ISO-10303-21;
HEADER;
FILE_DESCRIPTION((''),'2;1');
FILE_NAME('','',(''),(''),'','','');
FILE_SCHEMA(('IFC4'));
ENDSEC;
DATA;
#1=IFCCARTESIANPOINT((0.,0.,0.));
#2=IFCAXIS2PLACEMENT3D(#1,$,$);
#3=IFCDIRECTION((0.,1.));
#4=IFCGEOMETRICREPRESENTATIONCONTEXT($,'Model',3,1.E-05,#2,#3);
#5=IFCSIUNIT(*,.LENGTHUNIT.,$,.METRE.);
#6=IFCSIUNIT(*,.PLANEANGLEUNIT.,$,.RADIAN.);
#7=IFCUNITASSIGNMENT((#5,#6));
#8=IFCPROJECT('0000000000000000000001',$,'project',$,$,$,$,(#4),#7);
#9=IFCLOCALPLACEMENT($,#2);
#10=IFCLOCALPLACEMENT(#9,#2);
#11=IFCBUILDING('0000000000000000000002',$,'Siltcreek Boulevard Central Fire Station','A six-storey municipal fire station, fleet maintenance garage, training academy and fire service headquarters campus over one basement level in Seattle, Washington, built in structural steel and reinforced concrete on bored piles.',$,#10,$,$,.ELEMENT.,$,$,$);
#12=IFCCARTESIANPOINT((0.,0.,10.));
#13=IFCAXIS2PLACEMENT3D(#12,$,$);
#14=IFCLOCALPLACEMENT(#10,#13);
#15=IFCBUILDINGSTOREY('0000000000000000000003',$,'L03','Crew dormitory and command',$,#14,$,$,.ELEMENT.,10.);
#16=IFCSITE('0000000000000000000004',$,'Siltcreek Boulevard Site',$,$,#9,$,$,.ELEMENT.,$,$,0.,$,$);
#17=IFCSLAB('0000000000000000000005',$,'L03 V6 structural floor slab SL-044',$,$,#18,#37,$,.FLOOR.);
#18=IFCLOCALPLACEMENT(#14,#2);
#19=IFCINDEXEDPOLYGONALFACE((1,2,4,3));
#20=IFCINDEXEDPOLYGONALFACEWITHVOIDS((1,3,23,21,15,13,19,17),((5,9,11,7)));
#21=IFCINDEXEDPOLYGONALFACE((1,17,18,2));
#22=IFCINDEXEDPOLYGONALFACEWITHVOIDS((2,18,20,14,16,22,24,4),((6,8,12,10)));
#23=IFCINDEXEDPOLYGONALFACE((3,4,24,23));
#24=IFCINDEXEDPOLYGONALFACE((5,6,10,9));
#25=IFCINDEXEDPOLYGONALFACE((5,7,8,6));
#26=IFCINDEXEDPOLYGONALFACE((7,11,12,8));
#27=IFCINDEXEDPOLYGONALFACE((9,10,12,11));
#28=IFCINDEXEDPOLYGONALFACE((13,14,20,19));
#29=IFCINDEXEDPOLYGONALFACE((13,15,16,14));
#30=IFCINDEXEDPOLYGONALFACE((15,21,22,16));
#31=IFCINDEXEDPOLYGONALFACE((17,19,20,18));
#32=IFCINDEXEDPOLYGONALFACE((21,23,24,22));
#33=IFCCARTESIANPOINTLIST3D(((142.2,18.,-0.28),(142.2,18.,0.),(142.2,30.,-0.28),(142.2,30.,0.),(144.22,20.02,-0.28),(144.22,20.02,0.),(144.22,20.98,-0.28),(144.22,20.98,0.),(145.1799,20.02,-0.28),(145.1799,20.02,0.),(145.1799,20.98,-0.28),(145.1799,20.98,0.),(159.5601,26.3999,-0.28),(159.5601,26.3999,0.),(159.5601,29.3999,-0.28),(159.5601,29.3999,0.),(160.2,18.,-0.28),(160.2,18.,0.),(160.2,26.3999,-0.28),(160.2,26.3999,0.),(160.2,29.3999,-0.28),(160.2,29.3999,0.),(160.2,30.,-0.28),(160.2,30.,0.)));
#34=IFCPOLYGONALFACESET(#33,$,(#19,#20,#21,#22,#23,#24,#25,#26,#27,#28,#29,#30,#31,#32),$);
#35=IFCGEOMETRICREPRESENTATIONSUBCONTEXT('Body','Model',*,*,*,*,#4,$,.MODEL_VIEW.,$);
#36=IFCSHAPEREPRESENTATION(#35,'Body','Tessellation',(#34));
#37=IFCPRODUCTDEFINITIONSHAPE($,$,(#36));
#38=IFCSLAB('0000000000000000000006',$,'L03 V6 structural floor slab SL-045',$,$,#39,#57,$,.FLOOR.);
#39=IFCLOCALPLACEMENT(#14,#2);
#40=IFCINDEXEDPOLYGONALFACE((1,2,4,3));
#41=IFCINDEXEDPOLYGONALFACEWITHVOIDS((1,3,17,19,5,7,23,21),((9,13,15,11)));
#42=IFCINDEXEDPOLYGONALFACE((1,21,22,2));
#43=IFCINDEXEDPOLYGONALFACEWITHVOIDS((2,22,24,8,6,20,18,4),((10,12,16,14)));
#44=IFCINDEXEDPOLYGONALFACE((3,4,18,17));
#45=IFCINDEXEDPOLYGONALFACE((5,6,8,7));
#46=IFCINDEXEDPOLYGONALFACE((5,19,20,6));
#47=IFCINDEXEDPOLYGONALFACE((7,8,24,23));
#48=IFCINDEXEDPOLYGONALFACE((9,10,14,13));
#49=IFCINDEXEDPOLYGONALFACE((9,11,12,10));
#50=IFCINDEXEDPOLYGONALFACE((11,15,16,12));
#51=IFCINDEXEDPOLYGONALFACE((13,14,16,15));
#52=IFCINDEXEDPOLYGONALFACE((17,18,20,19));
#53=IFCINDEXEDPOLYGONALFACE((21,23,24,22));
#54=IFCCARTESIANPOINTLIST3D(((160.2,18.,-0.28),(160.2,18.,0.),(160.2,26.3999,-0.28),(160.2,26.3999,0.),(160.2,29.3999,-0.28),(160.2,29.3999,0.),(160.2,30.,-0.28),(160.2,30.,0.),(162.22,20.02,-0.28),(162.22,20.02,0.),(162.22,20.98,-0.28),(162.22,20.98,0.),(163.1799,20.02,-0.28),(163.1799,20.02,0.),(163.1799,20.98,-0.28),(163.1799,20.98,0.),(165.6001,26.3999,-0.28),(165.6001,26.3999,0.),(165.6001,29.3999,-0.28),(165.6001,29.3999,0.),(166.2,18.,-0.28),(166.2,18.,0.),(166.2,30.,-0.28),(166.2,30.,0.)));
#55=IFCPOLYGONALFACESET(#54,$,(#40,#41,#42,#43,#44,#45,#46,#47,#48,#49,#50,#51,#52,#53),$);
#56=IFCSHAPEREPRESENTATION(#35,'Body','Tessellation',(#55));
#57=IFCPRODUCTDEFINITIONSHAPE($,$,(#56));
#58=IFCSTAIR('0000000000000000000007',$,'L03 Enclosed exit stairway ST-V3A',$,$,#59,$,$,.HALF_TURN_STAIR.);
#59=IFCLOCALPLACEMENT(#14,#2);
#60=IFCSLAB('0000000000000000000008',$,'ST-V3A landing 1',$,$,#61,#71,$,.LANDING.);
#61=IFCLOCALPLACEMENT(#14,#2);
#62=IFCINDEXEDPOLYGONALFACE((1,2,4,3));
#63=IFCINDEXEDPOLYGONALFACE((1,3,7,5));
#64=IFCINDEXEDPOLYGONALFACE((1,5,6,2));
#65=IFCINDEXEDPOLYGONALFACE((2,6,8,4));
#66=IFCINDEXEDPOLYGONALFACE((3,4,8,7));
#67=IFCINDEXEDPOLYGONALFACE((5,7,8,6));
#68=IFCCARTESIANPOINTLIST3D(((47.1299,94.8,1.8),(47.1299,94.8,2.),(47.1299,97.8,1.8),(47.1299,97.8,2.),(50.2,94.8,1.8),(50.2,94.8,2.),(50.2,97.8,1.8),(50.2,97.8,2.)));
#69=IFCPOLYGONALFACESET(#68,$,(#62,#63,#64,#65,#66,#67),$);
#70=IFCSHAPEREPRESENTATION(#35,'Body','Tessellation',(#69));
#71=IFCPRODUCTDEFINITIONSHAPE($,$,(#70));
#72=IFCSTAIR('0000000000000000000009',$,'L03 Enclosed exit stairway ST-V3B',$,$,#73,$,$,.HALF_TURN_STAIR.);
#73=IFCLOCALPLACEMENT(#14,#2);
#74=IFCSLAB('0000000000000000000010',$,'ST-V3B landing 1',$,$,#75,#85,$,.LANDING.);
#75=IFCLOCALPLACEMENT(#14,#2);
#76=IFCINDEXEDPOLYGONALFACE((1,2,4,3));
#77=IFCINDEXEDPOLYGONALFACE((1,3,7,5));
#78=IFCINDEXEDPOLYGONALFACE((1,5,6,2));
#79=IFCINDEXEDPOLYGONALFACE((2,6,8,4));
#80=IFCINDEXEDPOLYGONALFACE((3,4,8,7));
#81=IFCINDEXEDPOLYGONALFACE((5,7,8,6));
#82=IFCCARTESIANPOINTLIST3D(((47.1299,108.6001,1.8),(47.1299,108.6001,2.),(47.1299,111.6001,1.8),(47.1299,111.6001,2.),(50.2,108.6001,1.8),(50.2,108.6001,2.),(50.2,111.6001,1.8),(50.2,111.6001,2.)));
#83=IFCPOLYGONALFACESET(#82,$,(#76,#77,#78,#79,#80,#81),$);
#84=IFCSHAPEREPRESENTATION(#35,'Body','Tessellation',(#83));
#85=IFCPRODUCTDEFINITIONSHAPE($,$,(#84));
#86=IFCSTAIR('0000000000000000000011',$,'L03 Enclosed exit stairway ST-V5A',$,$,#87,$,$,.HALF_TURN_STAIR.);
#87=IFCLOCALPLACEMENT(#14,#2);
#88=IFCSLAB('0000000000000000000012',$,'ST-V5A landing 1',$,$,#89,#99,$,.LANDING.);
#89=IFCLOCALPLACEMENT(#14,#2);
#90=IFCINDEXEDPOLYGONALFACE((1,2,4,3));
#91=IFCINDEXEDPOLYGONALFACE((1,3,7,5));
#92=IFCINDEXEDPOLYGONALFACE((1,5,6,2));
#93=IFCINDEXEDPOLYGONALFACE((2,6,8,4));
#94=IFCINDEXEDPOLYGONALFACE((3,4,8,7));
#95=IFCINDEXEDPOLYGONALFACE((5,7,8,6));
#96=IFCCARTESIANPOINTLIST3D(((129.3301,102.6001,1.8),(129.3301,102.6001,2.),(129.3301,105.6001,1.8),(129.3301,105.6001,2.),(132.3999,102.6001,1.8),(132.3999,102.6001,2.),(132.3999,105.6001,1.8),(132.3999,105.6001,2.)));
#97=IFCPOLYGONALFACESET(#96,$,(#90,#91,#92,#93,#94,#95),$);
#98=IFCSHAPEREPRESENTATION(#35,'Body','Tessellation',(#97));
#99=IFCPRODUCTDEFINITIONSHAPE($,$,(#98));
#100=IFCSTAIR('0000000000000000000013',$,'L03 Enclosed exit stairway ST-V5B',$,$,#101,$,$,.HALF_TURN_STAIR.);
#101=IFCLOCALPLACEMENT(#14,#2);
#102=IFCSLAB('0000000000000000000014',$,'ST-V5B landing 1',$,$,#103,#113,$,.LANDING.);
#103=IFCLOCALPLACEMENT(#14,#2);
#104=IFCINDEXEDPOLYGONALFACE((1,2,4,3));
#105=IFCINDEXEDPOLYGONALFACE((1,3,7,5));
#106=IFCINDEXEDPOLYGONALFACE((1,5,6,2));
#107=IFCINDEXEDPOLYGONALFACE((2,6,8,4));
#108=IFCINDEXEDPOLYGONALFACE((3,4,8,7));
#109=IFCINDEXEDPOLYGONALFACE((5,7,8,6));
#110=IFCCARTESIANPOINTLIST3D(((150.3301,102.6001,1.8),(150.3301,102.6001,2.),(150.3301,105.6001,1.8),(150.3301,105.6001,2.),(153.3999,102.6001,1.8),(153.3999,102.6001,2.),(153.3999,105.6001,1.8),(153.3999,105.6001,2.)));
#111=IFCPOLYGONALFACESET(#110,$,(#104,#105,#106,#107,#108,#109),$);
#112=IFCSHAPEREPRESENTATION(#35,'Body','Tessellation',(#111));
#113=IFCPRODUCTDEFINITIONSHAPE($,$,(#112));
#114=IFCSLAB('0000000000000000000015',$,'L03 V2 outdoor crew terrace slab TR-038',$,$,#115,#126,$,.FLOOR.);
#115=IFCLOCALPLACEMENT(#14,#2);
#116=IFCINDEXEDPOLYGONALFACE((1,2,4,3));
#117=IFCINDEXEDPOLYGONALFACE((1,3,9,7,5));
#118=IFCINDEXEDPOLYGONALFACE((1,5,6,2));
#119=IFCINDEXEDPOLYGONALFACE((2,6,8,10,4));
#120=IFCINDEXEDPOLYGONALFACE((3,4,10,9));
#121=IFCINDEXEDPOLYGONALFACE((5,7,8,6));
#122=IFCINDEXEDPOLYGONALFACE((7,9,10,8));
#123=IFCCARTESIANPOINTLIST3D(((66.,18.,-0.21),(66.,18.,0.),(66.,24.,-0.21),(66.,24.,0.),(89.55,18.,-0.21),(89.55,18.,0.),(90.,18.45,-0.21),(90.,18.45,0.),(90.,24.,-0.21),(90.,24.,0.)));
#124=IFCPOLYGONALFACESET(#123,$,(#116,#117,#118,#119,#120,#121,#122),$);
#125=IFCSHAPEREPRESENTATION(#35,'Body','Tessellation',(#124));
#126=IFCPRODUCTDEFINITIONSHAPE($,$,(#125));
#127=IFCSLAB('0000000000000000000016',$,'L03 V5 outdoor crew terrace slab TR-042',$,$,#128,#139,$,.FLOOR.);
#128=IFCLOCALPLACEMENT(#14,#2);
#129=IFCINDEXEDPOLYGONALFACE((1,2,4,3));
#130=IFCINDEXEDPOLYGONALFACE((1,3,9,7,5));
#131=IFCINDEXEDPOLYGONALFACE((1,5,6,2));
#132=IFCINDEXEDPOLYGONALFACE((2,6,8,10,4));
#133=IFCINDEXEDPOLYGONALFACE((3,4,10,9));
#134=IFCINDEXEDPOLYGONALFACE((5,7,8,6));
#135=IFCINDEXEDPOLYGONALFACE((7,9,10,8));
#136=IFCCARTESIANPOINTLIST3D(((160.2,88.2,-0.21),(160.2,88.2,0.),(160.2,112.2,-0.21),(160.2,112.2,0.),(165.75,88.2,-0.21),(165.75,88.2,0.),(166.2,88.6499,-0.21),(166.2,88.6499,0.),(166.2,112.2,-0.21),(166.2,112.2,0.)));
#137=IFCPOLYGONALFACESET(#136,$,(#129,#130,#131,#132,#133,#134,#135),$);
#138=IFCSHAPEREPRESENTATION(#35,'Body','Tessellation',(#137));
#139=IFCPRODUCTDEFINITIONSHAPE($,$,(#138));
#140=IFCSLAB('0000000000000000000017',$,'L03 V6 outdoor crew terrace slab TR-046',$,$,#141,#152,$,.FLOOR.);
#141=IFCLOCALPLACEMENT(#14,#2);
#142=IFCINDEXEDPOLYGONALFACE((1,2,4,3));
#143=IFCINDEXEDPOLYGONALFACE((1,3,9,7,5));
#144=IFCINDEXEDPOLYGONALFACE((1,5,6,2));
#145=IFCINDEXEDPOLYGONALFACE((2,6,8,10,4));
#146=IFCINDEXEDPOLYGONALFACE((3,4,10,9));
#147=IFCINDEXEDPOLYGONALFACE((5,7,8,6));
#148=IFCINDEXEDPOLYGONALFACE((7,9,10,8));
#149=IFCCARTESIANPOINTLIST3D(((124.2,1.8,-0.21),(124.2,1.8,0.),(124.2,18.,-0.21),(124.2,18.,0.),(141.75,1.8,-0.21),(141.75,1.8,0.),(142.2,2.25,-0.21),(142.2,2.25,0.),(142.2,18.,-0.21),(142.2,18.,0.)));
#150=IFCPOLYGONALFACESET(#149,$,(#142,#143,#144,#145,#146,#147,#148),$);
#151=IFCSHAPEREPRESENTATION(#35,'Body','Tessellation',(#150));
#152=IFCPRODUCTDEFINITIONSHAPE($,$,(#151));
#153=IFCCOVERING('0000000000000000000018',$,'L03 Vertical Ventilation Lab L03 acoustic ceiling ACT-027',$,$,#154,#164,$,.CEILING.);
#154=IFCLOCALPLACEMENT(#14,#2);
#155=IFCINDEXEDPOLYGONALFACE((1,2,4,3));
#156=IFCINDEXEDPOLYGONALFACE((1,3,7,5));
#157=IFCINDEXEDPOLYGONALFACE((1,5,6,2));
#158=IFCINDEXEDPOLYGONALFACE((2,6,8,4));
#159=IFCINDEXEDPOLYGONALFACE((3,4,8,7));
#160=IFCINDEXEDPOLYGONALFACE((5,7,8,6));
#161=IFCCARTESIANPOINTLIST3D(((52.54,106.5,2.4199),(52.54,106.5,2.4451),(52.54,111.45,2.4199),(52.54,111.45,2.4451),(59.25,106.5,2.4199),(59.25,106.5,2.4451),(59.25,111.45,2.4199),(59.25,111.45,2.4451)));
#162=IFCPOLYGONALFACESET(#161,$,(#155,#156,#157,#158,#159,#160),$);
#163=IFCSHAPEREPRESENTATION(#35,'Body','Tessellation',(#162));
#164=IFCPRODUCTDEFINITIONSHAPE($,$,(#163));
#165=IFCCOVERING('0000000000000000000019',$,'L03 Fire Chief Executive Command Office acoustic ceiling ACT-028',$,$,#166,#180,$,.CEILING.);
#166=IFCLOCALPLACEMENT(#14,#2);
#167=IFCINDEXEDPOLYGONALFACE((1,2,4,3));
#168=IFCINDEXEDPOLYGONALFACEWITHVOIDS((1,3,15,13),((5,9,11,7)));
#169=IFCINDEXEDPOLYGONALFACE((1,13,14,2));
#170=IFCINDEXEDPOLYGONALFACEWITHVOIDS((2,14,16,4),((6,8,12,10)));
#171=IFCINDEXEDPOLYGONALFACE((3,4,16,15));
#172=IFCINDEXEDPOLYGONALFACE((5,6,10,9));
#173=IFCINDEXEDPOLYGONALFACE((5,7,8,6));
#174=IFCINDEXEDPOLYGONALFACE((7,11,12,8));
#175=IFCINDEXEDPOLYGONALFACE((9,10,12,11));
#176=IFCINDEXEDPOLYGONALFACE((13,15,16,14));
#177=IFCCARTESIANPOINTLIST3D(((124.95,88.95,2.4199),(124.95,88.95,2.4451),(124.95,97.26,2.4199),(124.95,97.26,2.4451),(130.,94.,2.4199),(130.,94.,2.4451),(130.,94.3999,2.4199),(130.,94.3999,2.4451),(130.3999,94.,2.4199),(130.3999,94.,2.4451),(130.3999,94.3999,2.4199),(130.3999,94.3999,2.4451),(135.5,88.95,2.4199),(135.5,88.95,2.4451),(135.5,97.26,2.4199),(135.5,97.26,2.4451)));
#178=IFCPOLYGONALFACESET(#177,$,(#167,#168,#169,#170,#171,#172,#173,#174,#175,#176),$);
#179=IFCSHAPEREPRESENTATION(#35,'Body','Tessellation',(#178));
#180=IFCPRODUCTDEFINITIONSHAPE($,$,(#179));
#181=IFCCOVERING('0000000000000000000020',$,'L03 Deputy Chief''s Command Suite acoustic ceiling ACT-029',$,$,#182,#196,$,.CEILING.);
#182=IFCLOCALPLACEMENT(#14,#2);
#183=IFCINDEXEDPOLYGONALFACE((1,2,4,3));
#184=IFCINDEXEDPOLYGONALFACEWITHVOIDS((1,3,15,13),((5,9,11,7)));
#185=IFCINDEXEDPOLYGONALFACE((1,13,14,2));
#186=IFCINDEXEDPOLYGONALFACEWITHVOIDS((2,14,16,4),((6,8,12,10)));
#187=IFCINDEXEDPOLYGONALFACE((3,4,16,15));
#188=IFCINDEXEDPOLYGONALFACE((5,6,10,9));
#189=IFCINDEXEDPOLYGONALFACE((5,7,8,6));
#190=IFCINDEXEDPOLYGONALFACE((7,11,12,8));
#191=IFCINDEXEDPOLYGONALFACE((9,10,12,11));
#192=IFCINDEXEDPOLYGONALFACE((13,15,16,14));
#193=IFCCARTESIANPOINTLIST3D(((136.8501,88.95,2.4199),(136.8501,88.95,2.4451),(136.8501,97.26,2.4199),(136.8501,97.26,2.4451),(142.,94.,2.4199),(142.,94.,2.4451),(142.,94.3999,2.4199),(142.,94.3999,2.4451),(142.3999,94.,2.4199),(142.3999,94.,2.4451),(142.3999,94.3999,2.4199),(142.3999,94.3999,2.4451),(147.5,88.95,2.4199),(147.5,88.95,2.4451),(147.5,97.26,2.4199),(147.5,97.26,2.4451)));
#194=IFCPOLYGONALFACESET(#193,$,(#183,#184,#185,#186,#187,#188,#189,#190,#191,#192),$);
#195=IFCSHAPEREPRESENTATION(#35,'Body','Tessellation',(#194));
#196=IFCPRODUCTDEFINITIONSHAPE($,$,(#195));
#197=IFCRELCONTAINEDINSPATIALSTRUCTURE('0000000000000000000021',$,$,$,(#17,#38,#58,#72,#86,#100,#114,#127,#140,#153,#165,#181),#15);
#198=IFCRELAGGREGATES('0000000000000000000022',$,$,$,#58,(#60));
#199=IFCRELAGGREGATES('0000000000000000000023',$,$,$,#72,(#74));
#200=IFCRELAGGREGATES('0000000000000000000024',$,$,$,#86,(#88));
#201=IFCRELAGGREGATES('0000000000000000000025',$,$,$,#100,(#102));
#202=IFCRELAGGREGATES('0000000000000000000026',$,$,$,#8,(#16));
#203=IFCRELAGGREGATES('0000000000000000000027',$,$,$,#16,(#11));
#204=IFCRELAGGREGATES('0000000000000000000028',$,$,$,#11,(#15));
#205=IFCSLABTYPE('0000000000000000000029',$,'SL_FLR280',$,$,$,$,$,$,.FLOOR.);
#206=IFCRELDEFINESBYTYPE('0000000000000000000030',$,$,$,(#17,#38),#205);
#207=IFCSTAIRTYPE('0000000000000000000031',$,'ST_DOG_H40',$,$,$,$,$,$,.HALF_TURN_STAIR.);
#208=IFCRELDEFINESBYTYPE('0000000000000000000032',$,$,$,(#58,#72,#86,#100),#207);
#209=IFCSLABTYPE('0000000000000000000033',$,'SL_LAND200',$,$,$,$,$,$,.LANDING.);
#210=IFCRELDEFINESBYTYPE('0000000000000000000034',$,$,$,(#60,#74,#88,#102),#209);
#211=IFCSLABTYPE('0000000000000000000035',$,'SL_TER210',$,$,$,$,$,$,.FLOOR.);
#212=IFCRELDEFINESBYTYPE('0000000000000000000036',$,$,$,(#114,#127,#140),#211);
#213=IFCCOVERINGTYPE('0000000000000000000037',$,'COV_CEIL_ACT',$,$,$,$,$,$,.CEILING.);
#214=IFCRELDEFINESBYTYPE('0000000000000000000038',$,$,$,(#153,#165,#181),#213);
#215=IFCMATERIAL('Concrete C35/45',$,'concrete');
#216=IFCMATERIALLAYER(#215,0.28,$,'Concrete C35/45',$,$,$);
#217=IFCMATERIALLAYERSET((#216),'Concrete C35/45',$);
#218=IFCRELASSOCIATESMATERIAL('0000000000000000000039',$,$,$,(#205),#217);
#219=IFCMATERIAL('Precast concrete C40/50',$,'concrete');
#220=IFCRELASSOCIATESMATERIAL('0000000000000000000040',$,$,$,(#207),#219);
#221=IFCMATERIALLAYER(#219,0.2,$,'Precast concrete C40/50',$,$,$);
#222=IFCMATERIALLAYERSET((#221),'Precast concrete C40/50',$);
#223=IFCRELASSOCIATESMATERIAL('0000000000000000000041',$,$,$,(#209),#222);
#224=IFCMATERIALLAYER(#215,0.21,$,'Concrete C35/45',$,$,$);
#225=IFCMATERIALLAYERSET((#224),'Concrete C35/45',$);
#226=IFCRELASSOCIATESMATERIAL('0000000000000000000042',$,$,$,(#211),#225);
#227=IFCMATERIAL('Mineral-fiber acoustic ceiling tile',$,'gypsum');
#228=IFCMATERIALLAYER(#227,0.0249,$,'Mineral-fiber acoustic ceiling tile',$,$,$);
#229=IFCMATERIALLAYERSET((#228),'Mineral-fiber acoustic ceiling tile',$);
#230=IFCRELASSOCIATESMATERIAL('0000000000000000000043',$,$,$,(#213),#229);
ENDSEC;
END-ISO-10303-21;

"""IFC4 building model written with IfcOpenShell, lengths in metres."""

from ifc_helpers import new_model, si_unit, direction, frame, origin, place, context, subcontext, project, spatial, polyline, outline, extrude, material, layer, layer_set, type_object, element, aggregate, save


model = new_model("IFC4")

# Units and contexts
model_context = context("Model", 3, precision=1e-05, world=origin(), true_north=direction((0.0, 1.0)))
body_context = subcontext(model_context, "Body", "Model", "MODEL_VIEW")
ifc_project = project(units=[si_unit("LENGTHUNIT", "METRE"), si_unit("PLANEANGLEUNIT", "RADIAN")], contexts=[model_context])

# Site, building, storey
site_placement = place(None, origin())
site = spatial("IfcSite", under=ifc_project, at=site_placement, Name="Siltcreek Boulevard Site", CompositionType="ELEMENT", RefElevation=0.0)
building_placement = place(site_placement, origin())
building = spatial("IfcBuilding", under=site, at=building_placement, Name="Siltcreek Boulevard Central Fire Station", Description="A six-storey municipal fire station, fleet maintenance garage, training academy and fire service headquarters campus over one basement level in Seattle, Washington, built in structural steel and reinforced concrete on bored piles.", CompositionType="ELEMENT")
storey_placement = place(building_placement, frame((0.0, 0.0, 10.0)))
storey = spatial("IfcBuildingStorey", under=building, at=storey_placement, Name="L03", Description="Crew dormitory and command", CompositionType="ELEMENT", Elevation=10.0)

# Slabs
ifc_material_1 = material(Name="Concrete C35/45", Category="concrete")
ifc_layer_1 = layer(ifc_material_1, 0.28, Name="Concrete C35/45")
ifc_layer_set_1 = layer_set([ifc_layer_1], Name="Concrete C35/45")
slab_type_1 = type_object("IfcSlabType", Name="SL_FLR280", PredefinedType="FLOOR", material=ifc_layer_set_1)
slab_1_placement = place(storey_placement, frame((0.0, 0.0, -0.28)))
element("IfcSlab", 1, at=slab_1_placement, inside=storey, type_object=slab_type_1, Name="L03 V6 structural floor slab SL-044", PredefinedType="FLOOR", context=body_context, shape_type="SweptSolid", body=[
    extrude(outline(polyline([(142.2, 18.0), (142.2, 30.0), (160.2, 30.0), (160.2, 29.3999), (159.5601, 29.3999), (159.5601, 26.3999), (160.2, 26.3999), (160.2, 18.0), (142.2, 18.0)]), holes=[polyline([(145.1799, 20.98), (144.22, 20.98), (144.22, 20.02), (145.1799, 20.02), (145.1799, 20.98)])]), origin(), (0.0, 0.0, 1.0), 0.28),
])
slab_2_placement = place(storey_placement, frame((0.0, 0.0, -0.28)))
element("IfcSlab", 2, at=slab_2_placement, inside=storey, type_object=slab_type_1, Name="L03 V6 structural floor slab SL-045", PredefinedType="FLOOR", context=body_context, shape_type="SweptSolid", body=[
    extrude(outline(polyline([(166.2, 30.0), (166.2, 18.0), (160.2, 18.0), (160.2, 26.3999), (165.6001, 26.3999), (165.6001, 29.3999), (160.2, 29.3999), (160.2, 30.0), (166.2, 30.0)]), holes=[polyline([(163.1799, 20.98), (162.22, 20.98), (162.22, 20.02), (163.1799, 20.02), (163.1799, 20.98)])]), origin(), (0.0, 0.0, 1.0), 0.28),
])

# Stairs, slabs
ifc_material_2 = material(Name="Precast concrete C40/50", Category="concrete")
stair_type = type_object("IfcStairType", Name="ST_DOG_H40", PredefinedType="HALF_TURN_STAIR", material=ifc_material_2)
stair_1_placement = place(storey_placement, origin())
stair_1 = element("IfcStair", 3, at=stair_1_placement, inside=storey, type_object=stair_type, Name="L03 Enclosed exit stairway ST-V3A", PredefinedType="HALF_TURN_STAIR")
ifc_layer_2 = layer(ifc_material_2, 0.2, Name="Precast concrete C40/50")
ifc_layer_set_2 = layer_set([ifc_layer_2], Name="Precast concrete C40/50")
slab_type_2 = type_object("IfcSlabType", Name="SL_LAND200", PredefinedType="LANDING", material=ifc_layer_set_2)
slab_3_placement = place(storey_placement, frame((0.0, 0.0, 1.8)))
slab_3 = element("IfcSlab", 4, at=slab_3_placement, type_object=slab_type_2, Name="ST-V3A landing 1", PredefinedType="LANDING", context=body_context, shape_type="SweptSolid", body=[
    extrude(outline(polyline([(47.1299, 94.8), (50.2, 94.8), (50.2, 97.8), (47.1299, 97.8), (47.1299, 94.8)])), origin(), (0.0, 0.0, 1.0), 0.2),
])
aggregate(stair_1, [slab_3])
stair_2_placement = place(storey_placement, origin())
stair_2 = element("IfcStair", 5, at=stair_2_placement, inside=storey, type_object=stair_type, Name="L03 Enclosed exit stairway ST-V3B", PredefinedType="HALF_TURN_STAIR")
slab_4_placement = place(storey_placement, frame((0.0, 0.0, 1.8)))
slab_4 = element("IfcSlab", 6, at=slab_4_placement, type_object=slab_type_2, Name="ST-V3B landing 1", PredefinedType="LANDING", context=body_context, shape_type="SweptSolid", body=[
    extrude(outline(polyline([(47.1299, 108.6001), (50.2, 108.6001), (50.2, 111.6001), (47.1299, 111.6001), (47.1299, 108.6001)])), origin(), (0.0, 0.0, 1.0), 0.2),
])
aggregate(stair_2, [slab_4])
stair_3_placement = place(storey_placement, origin())
stair_3 = element("IfcStair", 7, at=stair_3_placement, inside=storey, type_object=stair_type, Name="L03 Enclosed exit stairway ST-V5A", PredefinedType="HALF_TURN_STAIR")
slab_5_placement = place(storey_placement, frame((0.0, 0.0, 1.8)))
slab_5 = element("IfcSlab", 8, at=slab_5_placement, type_object=slab_type_2, Name="ST-V5A landing 1", PredefinedType="LANDING", context=body_context, shape_type="SweptSolid", body=[
    extrude(outline(polyline([(129.3301, 102.6001), (132.3999, 102.6001), (132.3999, 105.6001), (129.3301, 105.6001), (129.3301, 102.6001)])), origin(), (0.0, 0.0, 1.0), 0.2),
])
aggregate(stair_3, [slab_5])
stair_4_placement = place(storey_placement, origin())
stair_4 = element("IfcStair", 9, at=stair_4_placement, inside=storey, type_object=stair_type, Name="L03 Enclosed exit stairway ST-V5B", PredefinedType="HALF_TURN_STAIR")
slab_6_placement = place(storey_placement, frame((0.0, 0.0, 1.8)))
slab_6 = element("IfcSlab", 10, at=slab_6_placement, type_object=slab_type_2, Name="ST-V5B landing 1", PredefinedType="LANDING", context=body_context, shape_type="SweptSolid", body=[
    extrude(outline(polyline([(150.3301, 102.6001), (153.3999, 102.6001), (153.3999, 105.6001), (150.3301, 105.6001), (150.3301, 102.6001)])), origin(), (0.0, 0.0, 1.0), 0.2),
])
aggregate(stair_4, [slab_6])

# Slabs
ifc_layer_3 = layer(ifc_material_1, 0.21, Name="Concrete C35/45")
ifc_layer_set_3 = layer_set([ifc_layer_3], Name="Concrete C35/45")
slab_type_3 = type_object("IfcSlabType", Name="SL_TER210", PredefinedType="FLOOR", material=ifc_layer_set_3)
slab_7_placement = place(storey_placement, frame((0.0, 0.0, -0.21)))
element("IfcSlab", 11, at=slab_7_placement, inside=storey, type_object=slab_type_3, Name="L03 V2 outdoor crew terrace slab TR-038", PredefinedType="FLOOR", context=body_context, shape_type="SweptSolid", body=[
    extrude(outline(polyline([(66.0, 18.0), (89.55, 18.0), (90.0, 18.45), (90.0, 24.0), (66.0, 24.0), (66.0, 18.0)])), origin(), (0.0, 0.0, 1.0), 0.21),
])
slab_8_placement = place(storey_placement, frame((0.0, 0.0, -0.21)))
element("IfcSlab", 12, at=slab_8_placement, inside=storey, type_object=slab_type_3, Name="L03 V5 outdoor crew terrace slab TR-042", PredefinedType="FLOOR", context=body_context, shape_type="SweptSolid", body=[
    extrude(outline(polyline([(160.2, 88.2), (165.75, 88.2), (166.2, 88.6499), (166.2, 112.2), (160.2, 112.2), (160.2, 88.2)])), origin(), (0.0, 0.0, 1.0), 0.21),
])
slab_9_placement = place(storey_placement, frame((0.0, 0.0, -0.21)))
element("IfcSlab", 13, at=slab_9_placement, inside=storey, type_object=slab_type_3, Name="L03 V6 outdoor crew terrace slab TR-046", PredefinedType="FLOOR", context=body_context, shape_type="SweptSolid", body=[
    extrude(outline(polyline([(124.2, 1.8), (141.75, 1.8), (142.2, 2.25), (142.2, 18.0), (124.2, 18.0), (124.2, 1.8)])), origin(), (0.0, 0.0, 1.0), 0.21),
])

# Coverings
ifc_material_3 = material(Name="Mineral-fiber acoustic ceiling tile", Category="gypsum")
ifc_layer_4 = layer(ifc_material_3, 0.0249, Name="Mineral-fiber acoustic ceiling tile")
ifc_layer_set_4 = layer_set([ifc_layer_4], Name="Mineral-fiber acoustic ceiling tile")
covering_type = type_object("IfcCoveringType", Name="COV_CEIL_ACT", PredefinedType="CEILING", material=ifc_layer_set_4)
covering_1_placement = place(storey_placement, frame((0.0, 0.0, 2.4199)))
element("IfcCovering", 14, at=covering_1_placement, inside=storey, type_object=covering_type, Name="L03 Vertical Ventilation Lab L03 acoustic ceiling ACT-027", PredefinedType="CEILING", context=body_context, shape_type="SweptSolid", body=[
    extrude(outline(polyline([(52.54, 106.5), (59.25, 106.5), (59.25, 111.45), (52.54, 111.45), (52.54, 106.5)])), origin(), (0.0, 0.0, 1.0), 0.0251),
])
covering_2_placement = place(storey_placement, frame((0.0, 0.0, 2.4199)))
element("IfcCovering", 15, at=covering_2_placement, inside=storey, type_object=covering_type, Name="L03 Fire Chief Executive Command Office acoustic ceiling ACT-028", PredefinedType="CEILING", context=body_context, shape_type="SweptSolid", body=[
    extrude(outline(polyline([(124.95, 88.95), (135.5, 88.95), (135.5, 97.26), (124.95, 97.26), (124.95, 88.95)]), holes=[polyline([(130.0, 94.0), (130.3999, 94.0), (130.3999, 94.3999), (130.0, 94.3999), (130.0, 94.0)])]), origin(), (0.0, 0.0, 1.0), 0.0251),
])
covering_3_placement = place(storey_placement, frame((0.0, 0.0, 2.4199)))
element("IfcCovering", 16, at=covering_3_placement, inside=storey, type_object=covering_type, Name="L03 Deputy Chief's Command Suite acoustic ceiling ACT-029", PredefinedType="CEILING", context=body_context, shape_type="SweptSolid", body=[
    extrude(outline(polyline([(136.8501, 88.95), (147.5, 88.95), (147.5, 97.26), (136.8501, 97.26), (136.8501, 88.95)]), holes=[polyline([(142.0, 94.0), (142.3999, 94.0), (142.3999, 94.3999), (142.0, 94.3999), (142.0, 94.0)])]), origin(), (0.0, 0.0, 1.0), 0.0251),
])

save(model, "model.ifc")
